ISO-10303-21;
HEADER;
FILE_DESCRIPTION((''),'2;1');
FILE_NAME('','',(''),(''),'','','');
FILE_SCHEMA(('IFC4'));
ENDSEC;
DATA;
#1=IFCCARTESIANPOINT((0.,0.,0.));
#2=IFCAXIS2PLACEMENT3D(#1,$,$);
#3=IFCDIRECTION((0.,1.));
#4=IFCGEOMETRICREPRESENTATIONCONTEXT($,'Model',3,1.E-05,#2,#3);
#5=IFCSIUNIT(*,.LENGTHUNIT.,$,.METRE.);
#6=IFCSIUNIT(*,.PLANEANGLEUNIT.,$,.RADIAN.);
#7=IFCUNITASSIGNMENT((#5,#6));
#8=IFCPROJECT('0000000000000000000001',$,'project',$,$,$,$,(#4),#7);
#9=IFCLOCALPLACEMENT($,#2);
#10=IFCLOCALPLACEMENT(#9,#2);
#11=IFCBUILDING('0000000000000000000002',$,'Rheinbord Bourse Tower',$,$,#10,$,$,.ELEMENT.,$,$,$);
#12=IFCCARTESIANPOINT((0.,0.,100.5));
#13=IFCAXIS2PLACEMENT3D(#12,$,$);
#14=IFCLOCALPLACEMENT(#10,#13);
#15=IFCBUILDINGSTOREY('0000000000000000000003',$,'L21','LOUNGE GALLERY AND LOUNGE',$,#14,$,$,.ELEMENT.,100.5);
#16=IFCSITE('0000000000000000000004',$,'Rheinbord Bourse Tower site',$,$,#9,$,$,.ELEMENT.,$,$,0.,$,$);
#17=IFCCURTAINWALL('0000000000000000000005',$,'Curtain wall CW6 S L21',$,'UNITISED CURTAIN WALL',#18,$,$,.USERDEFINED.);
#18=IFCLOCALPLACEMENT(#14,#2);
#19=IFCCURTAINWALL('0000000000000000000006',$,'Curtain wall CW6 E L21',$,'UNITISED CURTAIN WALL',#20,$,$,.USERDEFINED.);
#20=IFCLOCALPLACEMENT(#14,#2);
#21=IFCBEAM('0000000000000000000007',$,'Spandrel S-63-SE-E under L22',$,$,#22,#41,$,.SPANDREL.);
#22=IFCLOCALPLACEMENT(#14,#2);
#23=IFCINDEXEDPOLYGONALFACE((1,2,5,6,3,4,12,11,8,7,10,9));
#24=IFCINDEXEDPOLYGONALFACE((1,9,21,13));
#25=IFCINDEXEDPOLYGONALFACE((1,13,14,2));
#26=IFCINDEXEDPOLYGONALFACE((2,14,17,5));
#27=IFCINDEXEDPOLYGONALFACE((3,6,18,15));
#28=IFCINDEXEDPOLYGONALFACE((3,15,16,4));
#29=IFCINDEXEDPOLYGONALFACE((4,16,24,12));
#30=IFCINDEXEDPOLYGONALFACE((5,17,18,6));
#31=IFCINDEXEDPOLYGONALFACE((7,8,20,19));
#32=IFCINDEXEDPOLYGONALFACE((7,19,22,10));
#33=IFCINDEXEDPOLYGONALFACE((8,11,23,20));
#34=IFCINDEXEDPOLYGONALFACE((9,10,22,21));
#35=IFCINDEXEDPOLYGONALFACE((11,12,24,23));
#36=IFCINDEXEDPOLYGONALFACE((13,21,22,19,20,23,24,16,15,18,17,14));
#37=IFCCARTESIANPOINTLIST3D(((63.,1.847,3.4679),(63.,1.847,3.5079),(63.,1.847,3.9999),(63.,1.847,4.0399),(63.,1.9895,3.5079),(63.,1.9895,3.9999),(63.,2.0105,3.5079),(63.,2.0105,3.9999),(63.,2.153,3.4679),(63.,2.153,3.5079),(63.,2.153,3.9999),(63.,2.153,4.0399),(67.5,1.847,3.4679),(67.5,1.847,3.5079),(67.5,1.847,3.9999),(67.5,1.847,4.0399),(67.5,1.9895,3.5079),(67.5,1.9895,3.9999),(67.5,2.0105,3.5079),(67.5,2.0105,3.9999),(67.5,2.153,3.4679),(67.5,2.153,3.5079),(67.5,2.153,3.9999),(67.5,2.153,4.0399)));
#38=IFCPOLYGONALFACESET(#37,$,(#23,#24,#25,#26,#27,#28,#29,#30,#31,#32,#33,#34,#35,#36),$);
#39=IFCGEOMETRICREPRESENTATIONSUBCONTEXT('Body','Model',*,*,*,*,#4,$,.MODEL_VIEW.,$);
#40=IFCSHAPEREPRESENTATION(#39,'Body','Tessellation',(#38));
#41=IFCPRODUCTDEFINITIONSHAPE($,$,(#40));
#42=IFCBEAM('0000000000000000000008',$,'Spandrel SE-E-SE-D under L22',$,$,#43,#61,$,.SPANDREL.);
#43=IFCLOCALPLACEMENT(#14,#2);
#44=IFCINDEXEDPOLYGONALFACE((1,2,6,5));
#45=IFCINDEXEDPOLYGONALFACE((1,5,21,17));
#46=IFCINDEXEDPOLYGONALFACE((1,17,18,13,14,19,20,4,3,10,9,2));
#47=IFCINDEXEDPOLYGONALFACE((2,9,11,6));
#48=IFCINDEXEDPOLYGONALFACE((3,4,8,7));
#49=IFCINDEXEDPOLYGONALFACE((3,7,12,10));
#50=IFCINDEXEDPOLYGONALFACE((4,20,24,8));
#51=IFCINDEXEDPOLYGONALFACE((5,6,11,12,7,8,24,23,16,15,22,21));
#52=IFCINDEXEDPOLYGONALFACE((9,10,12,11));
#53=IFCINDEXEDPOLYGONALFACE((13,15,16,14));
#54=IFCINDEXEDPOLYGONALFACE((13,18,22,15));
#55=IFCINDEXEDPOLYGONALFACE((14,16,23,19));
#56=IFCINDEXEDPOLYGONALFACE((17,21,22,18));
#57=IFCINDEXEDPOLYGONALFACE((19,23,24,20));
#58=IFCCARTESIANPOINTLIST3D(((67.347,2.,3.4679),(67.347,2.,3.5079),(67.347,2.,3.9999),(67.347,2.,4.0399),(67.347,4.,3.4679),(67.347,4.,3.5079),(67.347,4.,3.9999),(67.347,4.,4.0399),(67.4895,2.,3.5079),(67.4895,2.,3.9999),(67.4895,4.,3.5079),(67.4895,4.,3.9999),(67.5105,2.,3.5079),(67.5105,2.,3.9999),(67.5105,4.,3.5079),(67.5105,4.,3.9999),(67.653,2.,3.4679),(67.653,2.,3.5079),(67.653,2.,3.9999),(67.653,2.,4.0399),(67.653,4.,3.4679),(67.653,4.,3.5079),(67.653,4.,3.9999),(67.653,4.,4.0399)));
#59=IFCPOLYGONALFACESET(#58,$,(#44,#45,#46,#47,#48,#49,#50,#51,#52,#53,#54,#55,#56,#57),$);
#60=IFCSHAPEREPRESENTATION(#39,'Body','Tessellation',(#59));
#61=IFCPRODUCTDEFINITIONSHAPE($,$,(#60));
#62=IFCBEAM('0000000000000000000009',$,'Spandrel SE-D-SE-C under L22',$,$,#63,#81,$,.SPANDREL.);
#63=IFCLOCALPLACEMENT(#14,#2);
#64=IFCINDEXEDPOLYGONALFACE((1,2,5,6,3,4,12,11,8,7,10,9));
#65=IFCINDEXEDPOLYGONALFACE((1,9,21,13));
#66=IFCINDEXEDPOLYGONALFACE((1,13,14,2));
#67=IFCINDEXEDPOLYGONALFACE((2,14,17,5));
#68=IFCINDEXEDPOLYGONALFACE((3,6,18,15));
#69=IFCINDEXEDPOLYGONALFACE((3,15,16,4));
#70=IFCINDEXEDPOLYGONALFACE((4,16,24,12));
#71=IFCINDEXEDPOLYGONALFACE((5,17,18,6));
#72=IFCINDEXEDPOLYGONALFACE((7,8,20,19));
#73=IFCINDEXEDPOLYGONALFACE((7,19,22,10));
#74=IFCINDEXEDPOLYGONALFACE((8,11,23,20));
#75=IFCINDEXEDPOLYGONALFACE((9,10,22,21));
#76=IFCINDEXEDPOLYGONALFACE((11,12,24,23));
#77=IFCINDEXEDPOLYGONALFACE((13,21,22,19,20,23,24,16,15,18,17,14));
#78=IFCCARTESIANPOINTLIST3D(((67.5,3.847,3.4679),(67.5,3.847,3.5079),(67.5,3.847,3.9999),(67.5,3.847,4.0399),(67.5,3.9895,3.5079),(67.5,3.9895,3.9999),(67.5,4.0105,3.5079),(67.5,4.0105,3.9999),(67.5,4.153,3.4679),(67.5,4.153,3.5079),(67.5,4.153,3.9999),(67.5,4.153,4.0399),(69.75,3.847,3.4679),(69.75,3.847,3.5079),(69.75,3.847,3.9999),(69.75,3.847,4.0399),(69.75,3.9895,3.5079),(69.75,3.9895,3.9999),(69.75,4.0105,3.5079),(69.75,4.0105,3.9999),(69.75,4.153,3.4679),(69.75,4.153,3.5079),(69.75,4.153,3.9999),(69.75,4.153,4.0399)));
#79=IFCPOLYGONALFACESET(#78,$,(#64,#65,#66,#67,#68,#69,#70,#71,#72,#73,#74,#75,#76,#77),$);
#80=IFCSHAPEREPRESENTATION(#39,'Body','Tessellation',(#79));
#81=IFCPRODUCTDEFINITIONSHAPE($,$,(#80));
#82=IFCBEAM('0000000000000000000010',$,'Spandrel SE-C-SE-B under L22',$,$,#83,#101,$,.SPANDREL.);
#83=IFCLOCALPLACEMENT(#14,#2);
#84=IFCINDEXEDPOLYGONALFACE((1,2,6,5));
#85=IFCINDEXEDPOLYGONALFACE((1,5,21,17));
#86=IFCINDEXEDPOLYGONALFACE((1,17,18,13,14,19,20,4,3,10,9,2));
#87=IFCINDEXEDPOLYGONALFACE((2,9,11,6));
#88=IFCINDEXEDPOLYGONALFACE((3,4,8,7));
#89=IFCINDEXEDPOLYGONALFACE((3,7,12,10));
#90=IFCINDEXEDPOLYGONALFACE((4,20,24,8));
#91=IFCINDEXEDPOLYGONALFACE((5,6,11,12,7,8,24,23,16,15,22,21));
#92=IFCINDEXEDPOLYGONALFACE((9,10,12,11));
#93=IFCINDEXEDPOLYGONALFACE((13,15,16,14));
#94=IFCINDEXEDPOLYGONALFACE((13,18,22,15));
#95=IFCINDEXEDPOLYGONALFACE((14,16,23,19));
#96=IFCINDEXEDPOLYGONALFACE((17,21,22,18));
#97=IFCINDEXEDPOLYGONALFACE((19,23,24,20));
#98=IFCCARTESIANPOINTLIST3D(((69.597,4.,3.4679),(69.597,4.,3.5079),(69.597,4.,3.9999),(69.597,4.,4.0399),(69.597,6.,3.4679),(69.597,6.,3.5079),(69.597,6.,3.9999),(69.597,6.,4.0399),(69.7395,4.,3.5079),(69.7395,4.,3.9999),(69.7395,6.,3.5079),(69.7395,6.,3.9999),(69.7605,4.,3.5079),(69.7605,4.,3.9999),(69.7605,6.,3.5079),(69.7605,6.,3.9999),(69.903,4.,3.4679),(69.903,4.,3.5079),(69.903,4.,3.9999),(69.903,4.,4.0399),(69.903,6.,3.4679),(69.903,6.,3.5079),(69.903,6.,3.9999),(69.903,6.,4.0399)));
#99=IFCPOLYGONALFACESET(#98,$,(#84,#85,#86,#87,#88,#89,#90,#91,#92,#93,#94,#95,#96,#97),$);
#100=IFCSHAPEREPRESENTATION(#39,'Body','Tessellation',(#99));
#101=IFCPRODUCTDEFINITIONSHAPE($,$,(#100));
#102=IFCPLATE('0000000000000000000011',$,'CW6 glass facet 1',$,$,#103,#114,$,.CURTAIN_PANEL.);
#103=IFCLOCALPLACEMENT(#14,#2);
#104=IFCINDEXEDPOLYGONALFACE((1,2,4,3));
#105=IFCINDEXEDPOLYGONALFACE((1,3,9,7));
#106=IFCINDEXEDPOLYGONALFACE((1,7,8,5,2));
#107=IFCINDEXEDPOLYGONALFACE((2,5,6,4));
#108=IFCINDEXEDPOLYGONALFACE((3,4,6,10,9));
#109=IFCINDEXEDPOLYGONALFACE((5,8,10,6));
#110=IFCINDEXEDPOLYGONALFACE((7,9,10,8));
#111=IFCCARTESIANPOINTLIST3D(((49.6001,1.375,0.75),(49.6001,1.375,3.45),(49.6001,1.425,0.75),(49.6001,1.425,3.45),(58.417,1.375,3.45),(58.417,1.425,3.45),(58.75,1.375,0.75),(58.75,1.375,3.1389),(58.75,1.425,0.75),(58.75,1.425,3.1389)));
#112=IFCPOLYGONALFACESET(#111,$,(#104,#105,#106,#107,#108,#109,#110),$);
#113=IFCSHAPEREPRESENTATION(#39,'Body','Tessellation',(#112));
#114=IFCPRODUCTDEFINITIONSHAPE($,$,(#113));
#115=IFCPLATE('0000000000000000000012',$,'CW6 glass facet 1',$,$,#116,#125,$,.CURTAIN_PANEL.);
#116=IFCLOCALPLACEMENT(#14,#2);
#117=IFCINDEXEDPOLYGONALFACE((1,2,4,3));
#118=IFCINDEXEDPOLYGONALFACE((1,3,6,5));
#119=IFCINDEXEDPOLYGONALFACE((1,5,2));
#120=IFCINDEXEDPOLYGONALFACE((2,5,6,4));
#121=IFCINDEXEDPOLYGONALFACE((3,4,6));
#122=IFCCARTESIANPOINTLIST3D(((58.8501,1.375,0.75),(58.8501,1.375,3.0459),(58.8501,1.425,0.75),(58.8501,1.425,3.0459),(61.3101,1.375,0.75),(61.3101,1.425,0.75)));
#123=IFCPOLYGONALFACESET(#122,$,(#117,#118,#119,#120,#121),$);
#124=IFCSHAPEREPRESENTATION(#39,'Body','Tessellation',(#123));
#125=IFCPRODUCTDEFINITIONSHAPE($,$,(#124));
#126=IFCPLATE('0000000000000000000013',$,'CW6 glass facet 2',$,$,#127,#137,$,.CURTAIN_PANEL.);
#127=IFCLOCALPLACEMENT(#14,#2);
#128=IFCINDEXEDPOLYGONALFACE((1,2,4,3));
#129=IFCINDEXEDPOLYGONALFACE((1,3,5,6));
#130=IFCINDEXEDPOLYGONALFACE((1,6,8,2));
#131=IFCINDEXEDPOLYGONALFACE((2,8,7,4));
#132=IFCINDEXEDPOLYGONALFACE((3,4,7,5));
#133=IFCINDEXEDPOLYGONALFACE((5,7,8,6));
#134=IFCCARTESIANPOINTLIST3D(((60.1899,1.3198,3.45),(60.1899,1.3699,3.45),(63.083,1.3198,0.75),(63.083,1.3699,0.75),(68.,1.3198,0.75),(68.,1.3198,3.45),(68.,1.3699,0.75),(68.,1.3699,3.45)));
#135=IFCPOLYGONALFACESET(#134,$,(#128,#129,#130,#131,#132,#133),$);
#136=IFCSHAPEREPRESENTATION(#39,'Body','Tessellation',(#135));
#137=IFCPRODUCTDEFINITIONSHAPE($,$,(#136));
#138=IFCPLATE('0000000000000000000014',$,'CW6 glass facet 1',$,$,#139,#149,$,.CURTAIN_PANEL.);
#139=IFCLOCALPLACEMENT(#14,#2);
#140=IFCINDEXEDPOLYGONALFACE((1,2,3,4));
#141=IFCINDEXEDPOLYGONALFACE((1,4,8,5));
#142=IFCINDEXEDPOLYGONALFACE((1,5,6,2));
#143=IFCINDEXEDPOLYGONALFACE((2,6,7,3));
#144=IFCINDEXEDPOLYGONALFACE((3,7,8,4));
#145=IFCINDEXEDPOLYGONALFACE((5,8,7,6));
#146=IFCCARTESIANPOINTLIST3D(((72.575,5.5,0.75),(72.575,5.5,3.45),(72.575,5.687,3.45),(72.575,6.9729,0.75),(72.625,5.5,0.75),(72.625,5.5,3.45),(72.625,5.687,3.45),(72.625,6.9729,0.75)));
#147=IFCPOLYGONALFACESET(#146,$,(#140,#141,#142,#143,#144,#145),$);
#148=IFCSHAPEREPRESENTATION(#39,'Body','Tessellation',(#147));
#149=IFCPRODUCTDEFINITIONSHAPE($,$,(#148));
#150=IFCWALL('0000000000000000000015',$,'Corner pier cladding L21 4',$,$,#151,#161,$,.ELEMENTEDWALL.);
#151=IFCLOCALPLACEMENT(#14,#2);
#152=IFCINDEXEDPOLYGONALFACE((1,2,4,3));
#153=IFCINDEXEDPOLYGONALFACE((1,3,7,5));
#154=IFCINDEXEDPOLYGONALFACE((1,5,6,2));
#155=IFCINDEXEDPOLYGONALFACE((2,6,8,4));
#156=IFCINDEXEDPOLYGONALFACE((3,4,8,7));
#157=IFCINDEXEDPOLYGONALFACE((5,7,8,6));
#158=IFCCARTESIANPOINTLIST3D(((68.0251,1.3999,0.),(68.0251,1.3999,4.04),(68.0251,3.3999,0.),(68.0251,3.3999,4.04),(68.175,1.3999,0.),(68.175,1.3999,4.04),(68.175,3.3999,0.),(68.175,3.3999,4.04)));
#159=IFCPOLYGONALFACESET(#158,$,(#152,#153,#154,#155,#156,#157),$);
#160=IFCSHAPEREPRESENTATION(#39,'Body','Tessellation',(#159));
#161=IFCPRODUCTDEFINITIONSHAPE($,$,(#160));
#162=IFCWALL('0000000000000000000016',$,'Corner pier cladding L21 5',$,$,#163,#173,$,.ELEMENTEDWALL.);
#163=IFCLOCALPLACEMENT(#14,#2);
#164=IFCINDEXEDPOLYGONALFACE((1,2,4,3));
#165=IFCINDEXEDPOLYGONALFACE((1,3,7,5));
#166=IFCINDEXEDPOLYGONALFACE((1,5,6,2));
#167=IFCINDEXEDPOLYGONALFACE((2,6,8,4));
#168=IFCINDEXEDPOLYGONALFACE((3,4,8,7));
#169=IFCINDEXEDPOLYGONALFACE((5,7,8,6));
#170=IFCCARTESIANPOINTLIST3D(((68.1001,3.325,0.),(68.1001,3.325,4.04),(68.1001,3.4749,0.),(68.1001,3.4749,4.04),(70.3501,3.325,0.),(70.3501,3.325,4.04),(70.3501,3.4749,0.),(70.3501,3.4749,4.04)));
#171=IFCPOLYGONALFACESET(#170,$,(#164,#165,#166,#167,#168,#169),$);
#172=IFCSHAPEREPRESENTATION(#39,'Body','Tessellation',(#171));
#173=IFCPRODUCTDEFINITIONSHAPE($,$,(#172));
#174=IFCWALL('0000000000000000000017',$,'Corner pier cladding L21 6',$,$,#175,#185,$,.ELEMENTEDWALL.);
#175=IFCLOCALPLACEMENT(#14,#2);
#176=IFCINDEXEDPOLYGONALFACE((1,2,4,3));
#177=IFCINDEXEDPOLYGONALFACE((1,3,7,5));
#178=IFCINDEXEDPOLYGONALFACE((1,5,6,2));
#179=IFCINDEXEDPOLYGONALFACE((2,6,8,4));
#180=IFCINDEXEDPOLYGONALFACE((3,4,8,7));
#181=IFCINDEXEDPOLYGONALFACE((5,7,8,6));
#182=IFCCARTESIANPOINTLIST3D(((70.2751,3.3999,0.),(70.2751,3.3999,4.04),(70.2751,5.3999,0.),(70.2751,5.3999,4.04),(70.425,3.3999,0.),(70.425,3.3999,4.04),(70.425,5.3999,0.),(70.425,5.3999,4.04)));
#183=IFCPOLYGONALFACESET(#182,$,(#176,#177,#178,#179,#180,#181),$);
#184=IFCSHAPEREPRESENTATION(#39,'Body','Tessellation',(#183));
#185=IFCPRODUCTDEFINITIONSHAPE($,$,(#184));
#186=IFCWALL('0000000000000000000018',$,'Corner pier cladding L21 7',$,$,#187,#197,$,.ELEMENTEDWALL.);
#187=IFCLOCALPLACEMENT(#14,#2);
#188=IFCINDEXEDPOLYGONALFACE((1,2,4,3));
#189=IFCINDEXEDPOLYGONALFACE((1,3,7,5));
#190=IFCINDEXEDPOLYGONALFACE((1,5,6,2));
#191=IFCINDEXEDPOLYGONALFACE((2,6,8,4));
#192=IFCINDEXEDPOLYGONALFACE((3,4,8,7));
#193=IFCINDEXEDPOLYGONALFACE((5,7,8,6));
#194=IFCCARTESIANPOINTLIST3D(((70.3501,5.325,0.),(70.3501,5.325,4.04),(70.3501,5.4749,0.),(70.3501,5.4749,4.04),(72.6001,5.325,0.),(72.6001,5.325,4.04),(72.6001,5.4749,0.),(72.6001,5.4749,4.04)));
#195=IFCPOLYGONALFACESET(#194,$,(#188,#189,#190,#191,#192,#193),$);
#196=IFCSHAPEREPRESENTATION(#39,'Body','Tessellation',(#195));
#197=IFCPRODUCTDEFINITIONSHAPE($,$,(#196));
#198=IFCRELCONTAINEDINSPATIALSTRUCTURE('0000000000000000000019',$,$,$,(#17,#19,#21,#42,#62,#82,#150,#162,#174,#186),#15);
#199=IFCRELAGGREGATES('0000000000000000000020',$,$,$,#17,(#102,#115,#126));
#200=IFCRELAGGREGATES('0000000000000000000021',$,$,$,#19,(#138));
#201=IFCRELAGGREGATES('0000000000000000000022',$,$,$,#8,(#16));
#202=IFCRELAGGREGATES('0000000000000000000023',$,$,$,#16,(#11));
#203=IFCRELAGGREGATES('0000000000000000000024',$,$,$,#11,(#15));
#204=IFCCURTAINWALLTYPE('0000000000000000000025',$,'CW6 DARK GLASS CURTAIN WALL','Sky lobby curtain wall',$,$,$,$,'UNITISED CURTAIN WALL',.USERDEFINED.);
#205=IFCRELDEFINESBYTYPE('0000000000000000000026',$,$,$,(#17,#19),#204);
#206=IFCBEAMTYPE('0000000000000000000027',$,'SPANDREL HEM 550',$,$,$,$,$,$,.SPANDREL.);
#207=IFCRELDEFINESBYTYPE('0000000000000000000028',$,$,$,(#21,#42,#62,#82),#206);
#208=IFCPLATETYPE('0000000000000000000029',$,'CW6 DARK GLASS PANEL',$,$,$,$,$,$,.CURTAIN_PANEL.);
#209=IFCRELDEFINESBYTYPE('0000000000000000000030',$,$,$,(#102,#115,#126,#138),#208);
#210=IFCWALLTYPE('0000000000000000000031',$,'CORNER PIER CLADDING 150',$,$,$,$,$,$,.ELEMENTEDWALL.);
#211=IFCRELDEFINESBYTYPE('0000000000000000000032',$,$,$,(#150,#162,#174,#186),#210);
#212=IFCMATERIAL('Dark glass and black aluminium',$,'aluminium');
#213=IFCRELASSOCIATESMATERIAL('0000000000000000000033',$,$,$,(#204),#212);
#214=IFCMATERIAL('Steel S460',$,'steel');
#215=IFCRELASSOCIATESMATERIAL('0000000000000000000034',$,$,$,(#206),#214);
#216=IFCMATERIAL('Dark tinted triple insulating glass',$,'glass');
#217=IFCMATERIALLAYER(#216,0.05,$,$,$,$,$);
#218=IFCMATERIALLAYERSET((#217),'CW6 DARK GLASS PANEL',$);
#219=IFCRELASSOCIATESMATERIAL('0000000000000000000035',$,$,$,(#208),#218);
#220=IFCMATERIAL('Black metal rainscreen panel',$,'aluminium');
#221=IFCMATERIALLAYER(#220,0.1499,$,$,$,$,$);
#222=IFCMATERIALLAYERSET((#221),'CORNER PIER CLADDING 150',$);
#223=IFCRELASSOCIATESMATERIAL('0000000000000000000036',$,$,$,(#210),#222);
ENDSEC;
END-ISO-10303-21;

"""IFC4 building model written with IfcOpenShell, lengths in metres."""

from ifc_helpers import new_model, si_unit, direction, frame, frame_2d, origin, origin_2d, place, context, subcontext, project, spatial, polyline, rectangle, i_section, outline, extrude, material, layer, layer_set, material_profile, profile_set, type_object, element, aggregate, save


model = new_model("IFC4")

# Units and contexts
model_context = context("Model", 3, precision=1e-05, world=origin(), true_north=direction((0.0, 1.0)))
body_context = subcontext(model_context, "Body", "Model", "MODEL_VIEW")
ifc_project = project(units=[si_unit("LENGTHUNIT", "METRE"), si_unit("PLANEANGLEUNIT", "RADIAN")], contexts=[model_context])

# Site, building, storey
site_placement = place(None, origin())
site = spatial("IfcSite", under=ifc_project, at=site_placement, Name="Rheinbord Bourse Tower site", CompositionType="ELEMENT", RefElevation=0.0)
building_placement = place(site_placement, origin())
building = spatial("IfcBuilding", under=site, at=building_placement, Name="Rheinbord Bourse Tower", CompositionType="ELEMENT")
storey_placement = place(building_placement, frame((0.0, 0.0, 100.5)))
storey = spatial("IfcBuildingStorey", under=building, at=storey_placement, Name="L21", Description="LOUNGE GALLERY AND LOUNGE", CompositionType="ELEMENT", Elevation=100.5)

# Curtain wall
ifc_material_1 = material(Name="Dark glass and black aluminium", Category="aluminium")
curtain_wall_type = type_object("IfcCurtainWallType", Name="CW6 DARK GLASS CURTAIN WALL", Description="Sky lobby curtain wall", ElementType="UNITISED CURTAIN WALL", PredefinedType="USERDEFINED", material=ifc_material_1)
curtain_wall_1_placement = place(storey_placement, origin())
curtain_wall_1 = element("IfcCurtainWall", 1, at=curtain_wall_1_placement, inside=storey, type_object=curtain_wall_type, Name="Curtain wall CW6 S L21", ObjectType="UNITISED CURTAIN WALL", PredefinedType="USERDEFINED")

# Curtain wall
curtain_wall_2_placement = place(storey_placement, origin())
curtain_wall_2 = element("IfcCurtainWall", 2, at=curtain_wall_2_placement, inside=storey, type_object=curtain_wall_type, Name="Curtain wall CW6 E L21", ObjectType="UNITISED CURTAIN WALL", PredefinedType="USERDEFINED")

# Beams
ifc_material_2 = material(Name="Steel S460", Category="steel")
ifc_material_profile_1 = material_profile(ifc_material_2, i_section(OverallWidth=0.3059, OverallDepth=0.572, WebThickness=0.021, FlangeThickness=0.04, at=origin_2d()), Name="HEM 550")
ifc_profile_set_1 = profile_set([ifc_material_profile_1], Name="Steel S460")
beam_type_1 = type_object("IfcBeamType", Name="SPANDREL HEM 550", PredefinedType="SPANDREL", material=ifc_profile_set_1)
for number, where, z_axis, x_axis, name in (
    (3, (63.0, 2.0, 3.7539), (1.0, 0.0, 0.0), (0.0, 1.0, 0.0), "Spandrel S-63-SE-E under L22"),
):
    element("IfcBeam", number, at=place(storey_placement, frame(where, z_axis=z_axis, x_axis=x_axis)), inside=storey, type_object=beam_type_1, Name=name, PredefinedType="SPANDREL", context=body_context, shape_type="SweptSolid", body=[
        extrude(i_section(OverallWidth=0.3059, OverallDepth=0.572, WebThickness=0.021, FlangeThickness=0.04, at=origin_2d()), origin(), (0.0, 0.0, 1.0), 4.5),
    ])
beam_1_placement = place(storey_placement, frame((67.5, 2.0, 3.7539), z_axis=(0.0, 1.0, 0.0), x_axis=(-1.0, 0.0, 0.0)))
element("IfcBeam", 4, at=beam_1_placement, inside=storey, type_object=beam_type_1, Name="Spandrel SE-E-SE-D under L22", PredefinedType="SPANDREL", context=body_context, shape_type="SweptSolid", body=[
    extrude(i_section(OverallWidth=0.3059, OverallDepth=0.572, WebThickness=0.021, FlangeThickness=0.04, at=origin_2d()), origin(), (0.0, 0.0, 1.0), 2.0),
])
beam_2_placement = place(storey_placement, frame((67.5, 4.0, 3.7539), z_axis=(1.0, 0.0, 0.0), x_axis=(0.0, 1.0, 0.0)))
element("IfcBeam", 5, at=beam_2_placement, inside=storey, type_object=beam_type_1, Name="Spandrel SE-D-SE-C under L22", PredefinedType="SPANDREL", context=body_context, shape_type="SweptSolid", body=[
    extrude(i_section(OverallWidth=0.3059, OverallDepth=0.572, WebThickness=0.021, FlangeThickness=0.04, at=origin_2d()), origin(), (0.0, 0.0, 1.0), 2.25),
])
beam_3_placement = place(storey_placement, frame((69.75, 4.0, 3.7539), z_axis=(0.0, 1.0, 0.0), x_axis=(-1.0, 0.0, 0.0)))
element("IfcBeam", 6, at=beam_3_placement, inside=storey, type_object=beam_type_1, Name="Spandrel SE-C-SE-B under L22", PredefinedType="SPANDREL", context=body_context, shape_type="SweptSolid", body=[
    extrude(i_section(OverallWidth=0.3059, OverallDepth=0.572, WebThickness=0.021, FlangeThickness=0.04, at=origin_2d()), origin(), (0.0, 0.0, 1.0), 2.0),
])

# Plates
ifc_material_3 = material(Name="Dark tinted triple insulating glass", Category="glass")
ifc_layer_1 = layer(ifc_material_3, 0.05)
ifc_layer_set_1 = layer_set([ifc_layer_1], Name="CW6 DARK GLASS PANEL")
plate_type = type_object("IfcPlateType", Name="CW6 DARK GLASS PANEL", PredefinedType="CURTAIN_PANEL", material=ifc_layer_set_1)
plate_1_placement = place(storey_placement, frame((58.75, 1.375, 0.75), z_axis=(0.0, 1.0, 0.0), x_axis=(-1.0, 0.0, 0.0)))
plate_1 = element("IfcPlate", 7, at=plate_1_placement, type_object=plate_type, Name="CW6 glass facet 1", PredefinedType="CURTAIN_PANEL", context=body_context, shape_type="SweptSolid", body=[
    extrude(outline(polyline([(0.0, 0.0), (9.1499, 0.0), (9.1499, 2.7), (0.333, 2.7), (0.0, 2.3889), (0.0, 0.0)])), origin(), (0.0, 0.0, 1.0), 0.05),
])
plate_2_placement = place(storey_placement, frame((58.8501, 1.375, 0.75), z_axis=(0.0, 1.0, 0.0), x_axis=(0.0, 0.0, 1.0)))
plate_2 = element("IfcPlate", 8, at=plate_2_placement, type_object=plate_type, Name="CW6 glass facet 1", PredefinedType="CURTAIN_PANEL", context=body_context, shape_type="SweptSolid", body=[
    extrude(outline(polyline([(0.0, 0.0), (2.2959, 0.0), (0.0, 2.46), (0.0, 0.0)])), origin(), (0.0, 0.0, 1.0), 0.05),
])
plate_3_placement = place(storey_placement, frame((68.0, 1.3198, 3.45), z_axis=(0.0, 1.0, 0.0), x_axis=(0.0, 0.0, -1.0)))
plate_3 = element("IfcPlate", 9, at=plate_3_placement, type_object=plate_type, Name="CW6 glass facet 2", PredefinedType="CURTAIN_PANEL", context=body_context, shape_type="SweptSolid", body=[
    extrude(outline(polyline([(0.0, 0.0), (2.7, 0.0), (2.7, 4.917), (0.0, 7.8101), (0.0, 0.0)])), origin(), (0.0, 0.0, 1.0), 0.05),
])
aggregate(curtain_wall_1, [plate_1, plate_2, plate_3])
plate_4_placement = place(storey_placement, frame((72.625, 5.5, 0.75), z_axis=(-1.0, 0.0, 0.0), x_axis=(0.0, 0.0, 1.0)))
plate_4 = element("IfcPlate", 10, at=plate_4_placement, type_object=plate_type, Name="CW6 glass facet 1", PredefinedType="CURTAIN_PANEL", context=body_context, shape_type="SweptSolid", body=[
    extrude(outline(polyline([(0.0, 0.0), (2.7, 0.0), (2.7, 0.187), (0.0, 1.4729), (0.0, 0.0)])), origin(), (0.0, 0.0, 1.0), 0.05),
])
aggregate(curtain_wall_2, [plate_4])

# Walls
ifc_material_4 = material(Name="Black metal rainscreen panel", Category="aluminium")
ifc_layer_2 = layer(ifc_material_4, 0.1499)
ifc_layer_set_2 = layer_set([ifc_layer_2], Name="CORNER PIER CLADDING 150")
wall_type = type_object("IfcWallType", Name="CORNER PIER CLADDING 150", PredefinedType="ELEMENTEDWALL", material=ifc_layer_set_2)
wall_1_placement = place(storey_placement, frame((68.1001, 1.3999, 0.0), z_axis=(0.0, 0.0, 1.0), x_axis=(0.0, 1.0, 0.0)))
element("IfcWall", 11, at=wall_1_placement, inside=storey, type_object=wall_type, Name="Corner pier cladding L21 4", PredefinedType="ELEMENTEDWALL", context=body_context, shape_type="SweptSolid", body=[
    extrude(rectangle(XDim=2.0, YDim=0.1499, at=frame_2d((1.0, 0.0))), origin(), (0.0, 0.0, 1.0), 4.04),
])
wall_2_placement = place(storey_placement, frame((68.1001, 3.3999, 0.0), z_axis=(0.0, 0.0, 1.0), x_axis=(1.0, 0.0, 0.0)))
element("IfcWall", 12, at=wall_2_placement, inside=storey, type_object=wall_type, Name="Corner pier cladding L21 5", PredefinedType="ELEMENTEDWALL", context=body_context, shape_type="SweptSolid", body=[
    extrude(rectangle(XDim=2.25, YDim=0.1499, at=frame_2d((1.125, 0.0))), origin(), (0.0, 0.0, 1.0), 4.04),
])
wall_3_placement = place(storey_placement, frame((70.3501, 3.3999, 0.0), z_axis=(0.0, 0.0, 1.0), x_axis=(0.0, 1.0, 0.0)))
element("IfcWall", 13, at=wall_3_placement, inside=storey, type_object=wall_type, Name="Corner pier cladding L21 6", PredefinedType="ELEMENTEDWALL", context=body_context, shape_type="SweptSolid", body=[
    extrude(rectangle(XDim=2.0, YDim=0.1499, at=frame_2d((1.0, 0.0))), origin(), (0.0, 0.0, 1.0), 4.04),
])
wall_4_placement = place(storey_placement, frame((70.3501, 5.3999, 0.0), z_axis=(0.0, 0.0, 1.0), x_axis=(1.0, 0.0, 0.0)))
element("IfcWall", 14, at=wall_4_placement, inside=storey, type_object=wall_type, Name="Corner pier cladding L21 7", PredefinedType="ELEMENTEDWALL", context=body_context, shape_type="SweptSolid", body=[
    extrude(rectangle(XDim=2.25, YDim=0.1499, at=frame_2d((1.125, 0.0))), origin(), (0.0, 0.0, 1.0), 4.04),
])

save(model, "model.ifc")
